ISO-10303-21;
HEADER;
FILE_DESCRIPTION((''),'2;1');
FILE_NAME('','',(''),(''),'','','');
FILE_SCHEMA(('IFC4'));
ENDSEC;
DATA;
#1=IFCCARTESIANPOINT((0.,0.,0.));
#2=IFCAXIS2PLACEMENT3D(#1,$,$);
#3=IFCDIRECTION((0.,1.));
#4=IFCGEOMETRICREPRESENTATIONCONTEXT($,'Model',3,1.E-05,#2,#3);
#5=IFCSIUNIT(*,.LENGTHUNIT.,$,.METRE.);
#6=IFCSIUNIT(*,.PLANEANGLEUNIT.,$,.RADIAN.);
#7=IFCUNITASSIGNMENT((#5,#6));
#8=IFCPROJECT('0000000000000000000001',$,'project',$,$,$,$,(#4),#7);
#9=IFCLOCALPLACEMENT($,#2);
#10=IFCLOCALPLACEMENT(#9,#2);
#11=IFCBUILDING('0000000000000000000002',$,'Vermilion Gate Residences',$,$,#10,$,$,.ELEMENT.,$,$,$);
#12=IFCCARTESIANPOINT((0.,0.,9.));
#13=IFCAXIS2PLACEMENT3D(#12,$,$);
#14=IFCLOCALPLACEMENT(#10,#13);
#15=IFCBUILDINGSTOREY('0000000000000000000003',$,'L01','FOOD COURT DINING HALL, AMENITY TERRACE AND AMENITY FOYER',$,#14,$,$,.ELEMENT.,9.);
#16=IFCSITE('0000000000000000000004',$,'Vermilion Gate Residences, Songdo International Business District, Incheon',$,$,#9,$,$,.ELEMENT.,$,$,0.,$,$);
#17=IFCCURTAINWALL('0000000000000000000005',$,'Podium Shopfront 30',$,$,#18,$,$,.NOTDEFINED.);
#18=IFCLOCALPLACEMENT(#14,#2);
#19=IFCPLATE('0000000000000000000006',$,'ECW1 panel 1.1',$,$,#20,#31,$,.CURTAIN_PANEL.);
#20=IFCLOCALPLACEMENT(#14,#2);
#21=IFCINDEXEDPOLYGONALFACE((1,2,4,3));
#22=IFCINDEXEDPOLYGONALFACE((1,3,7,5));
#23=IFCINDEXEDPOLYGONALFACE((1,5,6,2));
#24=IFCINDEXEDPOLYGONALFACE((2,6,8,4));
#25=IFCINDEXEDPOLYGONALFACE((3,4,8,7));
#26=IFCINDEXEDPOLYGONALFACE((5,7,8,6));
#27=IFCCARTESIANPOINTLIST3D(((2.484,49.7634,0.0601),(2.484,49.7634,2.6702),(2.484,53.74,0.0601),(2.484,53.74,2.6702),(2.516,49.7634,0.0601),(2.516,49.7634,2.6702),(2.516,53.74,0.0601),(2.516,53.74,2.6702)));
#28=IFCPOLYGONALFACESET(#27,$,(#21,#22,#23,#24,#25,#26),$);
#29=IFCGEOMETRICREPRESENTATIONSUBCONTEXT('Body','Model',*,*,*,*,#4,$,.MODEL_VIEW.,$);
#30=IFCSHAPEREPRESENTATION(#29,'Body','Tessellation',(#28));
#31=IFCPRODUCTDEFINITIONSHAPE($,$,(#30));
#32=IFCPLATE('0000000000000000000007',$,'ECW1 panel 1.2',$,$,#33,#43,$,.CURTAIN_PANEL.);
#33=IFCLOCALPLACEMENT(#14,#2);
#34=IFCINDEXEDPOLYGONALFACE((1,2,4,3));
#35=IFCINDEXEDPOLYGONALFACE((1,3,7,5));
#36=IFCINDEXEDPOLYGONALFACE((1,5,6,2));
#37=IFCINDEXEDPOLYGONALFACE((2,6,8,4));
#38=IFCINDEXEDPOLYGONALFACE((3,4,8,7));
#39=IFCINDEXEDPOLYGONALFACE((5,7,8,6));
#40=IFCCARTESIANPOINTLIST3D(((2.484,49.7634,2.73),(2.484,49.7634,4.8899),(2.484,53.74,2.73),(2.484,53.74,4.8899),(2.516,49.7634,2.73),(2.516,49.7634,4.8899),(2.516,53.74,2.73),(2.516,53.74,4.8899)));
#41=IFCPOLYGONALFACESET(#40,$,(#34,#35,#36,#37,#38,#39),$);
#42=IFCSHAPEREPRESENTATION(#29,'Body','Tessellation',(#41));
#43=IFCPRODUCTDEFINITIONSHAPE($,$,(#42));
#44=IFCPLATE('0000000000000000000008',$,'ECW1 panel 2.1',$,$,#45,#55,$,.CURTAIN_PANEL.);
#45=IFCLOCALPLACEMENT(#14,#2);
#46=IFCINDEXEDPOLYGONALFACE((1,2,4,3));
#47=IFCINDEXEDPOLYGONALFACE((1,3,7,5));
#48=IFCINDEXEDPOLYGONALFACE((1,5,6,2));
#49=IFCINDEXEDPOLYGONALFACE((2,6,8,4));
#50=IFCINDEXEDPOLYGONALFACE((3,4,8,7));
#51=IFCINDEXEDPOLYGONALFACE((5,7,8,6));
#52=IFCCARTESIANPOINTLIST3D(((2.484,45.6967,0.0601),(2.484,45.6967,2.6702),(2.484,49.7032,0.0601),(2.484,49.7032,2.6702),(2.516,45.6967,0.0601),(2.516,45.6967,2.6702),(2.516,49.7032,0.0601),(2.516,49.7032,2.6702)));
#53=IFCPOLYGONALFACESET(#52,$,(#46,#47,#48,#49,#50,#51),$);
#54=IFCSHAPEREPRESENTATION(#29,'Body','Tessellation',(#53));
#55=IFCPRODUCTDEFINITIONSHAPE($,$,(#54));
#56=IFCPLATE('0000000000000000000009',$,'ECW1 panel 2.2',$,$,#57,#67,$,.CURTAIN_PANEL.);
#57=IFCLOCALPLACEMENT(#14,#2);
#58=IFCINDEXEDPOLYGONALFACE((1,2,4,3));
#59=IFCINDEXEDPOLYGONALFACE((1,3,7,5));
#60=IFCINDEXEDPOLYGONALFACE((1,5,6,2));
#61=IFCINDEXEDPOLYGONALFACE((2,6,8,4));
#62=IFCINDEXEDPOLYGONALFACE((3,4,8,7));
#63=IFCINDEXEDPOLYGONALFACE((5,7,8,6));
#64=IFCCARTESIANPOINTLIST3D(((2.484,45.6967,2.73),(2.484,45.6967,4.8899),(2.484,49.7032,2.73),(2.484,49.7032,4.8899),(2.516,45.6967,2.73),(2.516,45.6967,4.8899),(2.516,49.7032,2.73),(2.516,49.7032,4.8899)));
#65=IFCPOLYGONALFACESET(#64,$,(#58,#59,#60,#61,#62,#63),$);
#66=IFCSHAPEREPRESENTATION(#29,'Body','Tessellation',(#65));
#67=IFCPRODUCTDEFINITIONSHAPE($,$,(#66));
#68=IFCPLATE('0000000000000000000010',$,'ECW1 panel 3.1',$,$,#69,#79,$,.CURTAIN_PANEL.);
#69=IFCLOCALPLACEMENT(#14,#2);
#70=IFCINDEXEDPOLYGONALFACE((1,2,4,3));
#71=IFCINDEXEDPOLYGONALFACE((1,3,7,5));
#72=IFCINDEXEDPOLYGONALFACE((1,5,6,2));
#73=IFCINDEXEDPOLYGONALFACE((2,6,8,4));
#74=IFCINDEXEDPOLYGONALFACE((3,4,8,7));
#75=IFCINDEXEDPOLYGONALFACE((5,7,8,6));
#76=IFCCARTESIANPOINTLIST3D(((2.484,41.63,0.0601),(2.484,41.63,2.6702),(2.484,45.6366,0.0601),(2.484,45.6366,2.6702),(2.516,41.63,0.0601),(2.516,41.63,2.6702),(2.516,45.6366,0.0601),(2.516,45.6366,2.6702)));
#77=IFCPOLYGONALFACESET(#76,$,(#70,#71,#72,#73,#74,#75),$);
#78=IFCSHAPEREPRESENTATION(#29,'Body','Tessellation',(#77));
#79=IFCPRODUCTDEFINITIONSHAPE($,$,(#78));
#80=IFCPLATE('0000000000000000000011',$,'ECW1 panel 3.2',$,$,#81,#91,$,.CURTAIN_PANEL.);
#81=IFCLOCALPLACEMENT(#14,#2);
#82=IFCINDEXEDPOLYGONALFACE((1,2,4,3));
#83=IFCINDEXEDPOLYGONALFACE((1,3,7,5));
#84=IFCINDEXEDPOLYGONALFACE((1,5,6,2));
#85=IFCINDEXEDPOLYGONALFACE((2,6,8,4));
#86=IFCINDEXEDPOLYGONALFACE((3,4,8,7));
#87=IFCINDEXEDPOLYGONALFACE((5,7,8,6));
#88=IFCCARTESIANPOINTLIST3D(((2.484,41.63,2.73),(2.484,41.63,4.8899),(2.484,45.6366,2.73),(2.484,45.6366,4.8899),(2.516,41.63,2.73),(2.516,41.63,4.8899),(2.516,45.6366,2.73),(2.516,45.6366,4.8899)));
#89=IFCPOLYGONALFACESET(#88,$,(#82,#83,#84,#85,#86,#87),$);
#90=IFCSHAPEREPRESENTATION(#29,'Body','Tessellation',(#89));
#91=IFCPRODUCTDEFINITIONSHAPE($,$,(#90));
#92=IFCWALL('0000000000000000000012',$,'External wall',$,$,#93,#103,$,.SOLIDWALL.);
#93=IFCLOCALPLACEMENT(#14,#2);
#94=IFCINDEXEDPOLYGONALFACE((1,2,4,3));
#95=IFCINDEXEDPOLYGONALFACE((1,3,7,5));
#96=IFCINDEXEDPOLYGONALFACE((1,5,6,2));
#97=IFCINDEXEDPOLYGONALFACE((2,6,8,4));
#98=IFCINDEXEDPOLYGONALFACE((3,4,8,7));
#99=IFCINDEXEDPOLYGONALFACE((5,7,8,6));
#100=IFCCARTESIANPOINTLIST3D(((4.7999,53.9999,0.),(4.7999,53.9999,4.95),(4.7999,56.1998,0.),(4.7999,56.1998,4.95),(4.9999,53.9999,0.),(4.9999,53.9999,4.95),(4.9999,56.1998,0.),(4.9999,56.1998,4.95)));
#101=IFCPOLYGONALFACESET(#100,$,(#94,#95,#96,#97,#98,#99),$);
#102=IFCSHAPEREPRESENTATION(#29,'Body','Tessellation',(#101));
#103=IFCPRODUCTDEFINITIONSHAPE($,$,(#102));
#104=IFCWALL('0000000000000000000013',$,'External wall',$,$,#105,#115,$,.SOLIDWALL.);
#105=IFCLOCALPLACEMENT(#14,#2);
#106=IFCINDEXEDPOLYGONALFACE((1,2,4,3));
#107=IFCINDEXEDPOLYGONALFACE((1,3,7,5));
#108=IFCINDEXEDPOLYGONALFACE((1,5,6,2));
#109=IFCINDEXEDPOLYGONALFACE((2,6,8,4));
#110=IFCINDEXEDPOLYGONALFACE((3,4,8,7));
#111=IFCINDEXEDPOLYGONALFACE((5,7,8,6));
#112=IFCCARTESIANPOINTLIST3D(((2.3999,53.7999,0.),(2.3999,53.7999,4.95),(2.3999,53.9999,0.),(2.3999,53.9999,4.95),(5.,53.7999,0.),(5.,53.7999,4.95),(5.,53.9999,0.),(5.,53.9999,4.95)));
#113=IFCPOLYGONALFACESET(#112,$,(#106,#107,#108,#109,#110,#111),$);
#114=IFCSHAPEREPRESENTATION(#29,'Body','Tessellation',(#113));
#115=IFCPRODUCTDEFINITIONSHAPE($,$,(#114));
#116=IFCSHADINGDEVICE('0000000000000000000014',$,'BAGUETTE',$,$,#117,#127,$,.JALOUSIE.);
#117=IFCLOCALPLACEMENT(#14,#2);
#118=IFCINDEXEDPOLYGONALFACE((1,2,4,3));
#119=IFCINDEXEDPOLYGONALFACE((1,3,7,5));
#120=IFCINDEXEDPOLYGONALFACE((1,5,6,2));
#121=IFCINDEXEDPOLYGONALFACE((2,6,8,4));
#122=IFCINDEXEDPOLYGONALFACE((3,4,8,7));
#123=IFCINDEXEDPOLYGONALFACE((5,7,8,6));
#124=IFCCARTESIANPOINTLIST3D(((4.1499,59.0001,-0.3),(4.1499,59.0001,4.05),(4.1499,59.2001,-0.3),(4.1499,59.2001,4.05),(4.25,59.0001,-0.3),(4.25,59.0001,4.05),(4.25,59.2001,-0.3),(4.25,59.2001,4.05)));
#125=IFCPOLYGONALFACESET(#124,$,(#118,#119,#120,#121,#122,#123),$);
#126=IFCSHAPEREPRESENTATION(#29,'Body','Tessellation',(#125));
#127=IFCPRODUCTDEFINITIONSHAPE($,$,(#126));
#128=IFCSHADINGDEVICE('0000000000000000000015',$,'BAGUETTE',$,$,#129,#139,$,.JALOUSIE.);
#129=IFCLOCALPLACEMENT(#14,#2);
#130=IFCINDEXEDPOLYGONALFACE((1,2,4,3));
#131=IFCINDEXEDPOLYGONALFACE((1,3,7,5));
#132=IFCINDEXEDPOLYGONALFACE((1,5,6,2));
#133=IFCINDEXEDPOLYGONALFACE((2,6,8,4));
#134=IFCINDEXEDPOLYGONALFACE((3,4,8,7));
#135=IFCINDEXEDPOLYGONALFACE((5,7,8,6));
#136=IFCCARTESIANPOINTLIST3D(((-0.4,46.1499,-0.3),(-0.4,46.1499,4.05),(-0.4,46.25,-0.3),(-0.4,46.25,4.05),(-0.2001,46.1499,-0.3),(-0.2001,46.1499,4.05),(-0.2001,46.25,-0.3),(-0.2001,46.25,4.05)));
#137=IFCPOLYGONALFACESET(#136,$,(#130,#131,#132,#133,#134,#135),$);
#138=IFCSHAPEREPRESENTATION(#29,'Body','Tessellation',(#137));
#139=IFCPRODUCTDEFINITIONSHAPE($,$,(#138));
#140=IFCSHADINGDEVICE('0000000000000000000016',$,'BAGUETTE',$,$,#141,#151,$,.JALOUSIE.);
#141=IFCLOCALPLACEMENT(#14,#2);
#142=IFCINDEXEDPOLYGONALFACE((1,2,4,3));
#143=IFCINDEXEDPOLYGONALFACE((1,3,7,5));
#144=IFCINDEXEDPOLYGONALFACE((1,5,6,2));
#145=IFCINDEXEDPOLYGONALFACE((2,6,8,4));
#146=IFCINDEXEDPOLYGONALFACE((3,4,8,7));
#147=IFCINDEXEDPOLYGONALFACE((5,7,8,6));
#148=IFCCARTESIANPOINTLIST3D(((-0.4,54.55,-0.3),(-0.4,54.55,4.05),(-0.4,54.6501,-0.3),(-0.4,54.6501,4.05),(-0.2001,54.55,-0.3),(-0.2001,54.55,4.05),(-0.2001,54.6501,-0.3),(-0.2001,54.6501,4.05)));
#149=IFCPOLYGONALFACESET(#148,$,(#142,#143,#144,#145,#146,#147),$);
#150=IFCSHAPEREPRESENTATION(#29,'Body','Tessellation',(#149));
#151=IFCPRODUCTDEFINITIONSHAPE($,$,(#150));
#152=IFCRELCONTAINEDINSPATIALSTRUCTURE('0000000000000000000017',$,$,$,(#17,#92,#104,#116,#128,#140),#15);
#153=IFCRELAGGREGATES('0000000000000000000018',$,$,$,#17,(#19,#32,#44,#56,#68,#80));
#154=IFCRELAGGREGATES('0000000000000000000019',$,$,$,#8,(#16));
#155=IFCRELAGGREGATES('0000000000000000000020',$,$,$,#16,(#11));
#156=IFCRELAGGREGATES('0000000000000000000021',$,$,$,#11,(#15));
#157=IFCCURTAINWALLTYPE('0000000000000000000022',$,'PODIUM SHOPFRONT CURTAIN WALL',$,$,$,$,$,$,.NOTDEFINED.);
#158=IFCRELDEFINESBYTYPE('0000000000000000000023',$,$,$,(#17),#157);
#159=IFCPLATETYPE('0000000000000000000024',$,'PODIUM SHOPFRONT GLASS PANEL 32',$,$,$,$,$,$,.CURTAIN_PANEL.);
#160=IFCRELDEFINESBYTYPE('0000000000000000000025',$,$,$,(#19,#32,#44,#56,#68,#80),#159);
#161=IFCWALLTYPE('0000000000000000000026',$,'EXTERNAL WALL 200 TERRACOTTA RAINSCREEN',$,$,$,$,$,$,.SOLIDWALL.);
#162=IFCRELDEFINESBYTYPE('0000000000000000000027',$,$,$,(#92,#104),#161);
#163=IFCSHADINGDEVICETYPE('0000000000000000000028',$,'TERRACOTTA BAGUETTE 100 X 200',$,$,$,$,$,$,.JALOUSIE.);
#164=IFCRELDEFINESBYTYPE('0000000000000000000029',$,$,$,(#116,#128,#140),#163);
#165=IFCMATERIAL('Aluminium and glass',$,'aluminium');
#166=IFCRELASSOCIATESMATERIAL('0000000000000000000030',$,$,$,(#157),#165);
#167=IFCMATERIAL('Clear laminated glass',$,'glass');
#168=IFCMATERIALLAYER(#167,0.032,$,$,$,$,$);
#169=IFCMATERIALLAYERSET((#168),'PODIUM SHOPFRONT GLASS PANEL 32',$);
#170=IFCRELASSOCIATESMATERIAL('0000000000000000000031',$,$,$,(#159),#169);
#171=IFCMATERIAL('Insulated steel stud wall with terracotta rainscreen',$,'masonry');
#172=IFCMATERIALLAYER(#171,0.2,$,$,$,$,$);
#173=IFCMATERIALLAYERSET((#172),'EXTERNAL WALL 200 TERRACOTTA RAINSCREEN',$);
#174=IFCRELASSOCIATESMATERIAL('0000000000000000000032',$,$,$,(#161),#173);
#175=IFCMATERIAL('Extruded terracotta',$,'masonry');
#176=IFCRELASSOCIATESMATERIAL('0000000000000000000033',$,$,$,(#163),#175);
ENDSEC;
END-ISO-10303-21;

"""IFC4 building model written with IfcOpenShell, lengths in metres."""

from ifc_helpers import new_model, si_unit, direction, frame, frame_2d, origin, origin_2d, place, context, subcontext, project, spatial, rectangle, extrude, material, layer, layer_set, material_profile, profile_set, type_object, element, aggregate, save


model = new_model("IFC4")

# Units and contexts
model_context = context("Model", 3, precision=1e-05, world=origin(), true_north=direction((0.0, 1.0)))
body_context = subcontext(model_context, "Body", "Model", "MODEL_VIEW")
ifc_project = project(units=[si_unit("LENGTHUNIT", "METRE"), si_unit("PLANEANGLEUNIT", "RADIAN")], contexts=[model_context])

# Site, building, storey
site_placement = place(None, origin())
site = spatial("IfcSite", under=ifc_project, at=site_placement, Name="Vermilion Gate Residences, Songdo International Business District, Incheon", CompositionType="ELEMENT", RefElevation=0.0)
building_placement = place(site_placement, origin())
building = spatial("IfcBuilding", under=site, at=building_placement, Name="Vermilion Gate Residences", CompositionType="ELEMENT")
storey_placement = place(building_placement, frame((0.0, 0.0, 9.0)))
storey = spatial("IfcBuildingStorey", under=building, at=storey_placement, Name="L01", Description="FOOD COURT DINING HALL, AMENITY TERRACE AND AMENITY FOYER", CompositionType="ELEMENT", Elevation=9.0)

# Curtain wall
ifc_material_1 = material(Name="Aluminium and glass", Category="aluminium")
curtain_wall_type_1 = type_object("IfcCurtainWallType", Name="PODIUM SHOPFRONT CURTAIN WALL", PredefinedType="NOTDEFINED", material=ifc_material_1)
curtain_wall_1_placement = place(storey_placement, origin())
curtain_wall_1 = element("IfcCurtainWall", 1, at=curtain_wall_1_placement, inside=storey, type_object=curtain_wall_type_1, Name="Podium Shopfront 30", PredefinedType="NOTDEFINED")

# Plates
ifc_material_2 = material(Name="Clear laminated glass", Category="glass")
ifc_layer_1 = layer(ifc_material_2, 0.032)
ifc_layer_set_1 = layer_set([ifc_layer_1], Name="PODIUM SHOPFRONT GLASS PANEL 32")
plate_type_1 = type_object("IfcPlateType", Name="PODIUM SHOPFRONT GLASS PANEL 32", PredefinedType="CURTAIN_PANEL", material=ifc_layer_set_1)
plate_1_placement = place(storey_placement, frame((2.5, 51.7517, 0.0601), z_axis=(0.0, 0.0, 1.0), x_axis=(0.0, -1.0, 0.0)))
plate_1 = element("IfcPlate", 2, at=plate_1_placement, type_object=plate_type_1, Name="ECW1 panel 1.1", PredefinedType="CURTAIN_PANEL", context=body_context, shape_type="SweptSolid", body=[
    extrude(rectangle(XDim=3.9766, YDim=0.032, at=origin_2d()), origin(), (0.0, 0.0, 1.0), 2.6101),
])
plate_2_placement = place(storey_placement, frame((2.5, 51.7517, 2.73), z_axis=(0.0, 0.0, 1.0), x_axis=(0.0, -1.0, 0.0)))
plate_2 = element("IfcPlate", 3, at=plate_2_placement, type_object=plate_type_1, Name="ECW1 panel 1.2", PredefinedType="CURTAIN_PANEL", context=body_context, shape_type="SweptSolid", body=[
    extrude(rectangle(XDim=3.9766, YDim=0.032, at=origin_2d()), origin(), (0.0, 0.0, 1.0), 2.1599),
])
plate_3_placement = place(storey_placement, frame((2.5, 47.7, 0.0601), z_axis=(0.0, 0.0, 1.0), x_axis=(0.0, -1.0, 0.0)))
plate_3 = element("IfcPlate", 4, at=plate_3_placement, type_object=plate_type_1, Name="ECW1 panel 2.1", PredefinedType="CURTAIN_PANEL", context=body_context, shape_type="SweptSolid", body=[
    extrude(rectangle(XDim=4.0066, YDim=0.032, at=origin_2d()), origin(), (0.0, 0.0, 1.0), 2.6101),
])
plate_4_placement = place(storey_placement, frame((2.5, 47.7, 2.73), z_axis=(0.0, 0.0, 1.0), x_axis=(0.0, -1.0, 0.0)))
plate_4 = element("IfcPlate", 5, at=plate_4_placement, type_object=plate_type_1, Name="ECW1 panel 2.2", PredefinedType="CURTAIN_PANEL", context=body_context, shape_type="SweptSolid", body=[
    extrude(rectangle(XDim=4.0066, YDim=0.032, at=origin_2d()), origin(), (0.0, 0.0, 1.0), 2.1599),
])
plate_5_placement = place(storey_placement, frame((2.5, 43.6333, 0.0601), z_axis=(0.0, 0.0, 1.0), x_axis=(0.0, -1.0, 0.0)))
plate_5 = element("IfcPlate", 6, at=plate_5_placement, type_object=plate_type_1, Name="ECW1 panel 3.1", PredefinedType="CURTAIN_PANEL", context=body_context, shape_type="SweptSolid", body=[
    extrude(rectangle(XDim=4.0066, YDim=0.032, at=origin_2d()), origin(), (0.0, 0.0, 1.0), 2.6101),
])
plate_6_placement = place(storey_placement, frame((2.5, 43.6333, 2.73), z_axis=(0.0, 0.0, 1.0), x_axis=(0.0, -1.0, 0.0)))
plate_6 = element("IfcPlate", 7, at=plate_6_placement, type_object=plate_type_1, Name="ECW1 panel 3.2", PredefinedType="CURTAIN_PANEL", context=body_context, shape_type="SweptSolid", body=[
    extrude(rectangle(XDim=4.0066, YDim=0.032, at=origin_2d()), origin(), (0.0, 0.0, 1.0), 2.1599),
])
aggregate(curtain_wall_1, [plate_1, plate_2, plate_3, plate_4, plate_5, plate_6])

# Walls
ifc_material_3 = material(Name="Insulated steel stud wall with terracotta rainscreen", Category="masonry")
ifc_layer_2 = layer(ifc_material_3, 0.2)
ifc_layer_set_2 = layer_set([ifc_layer_2], Name="EXTERNAL WALL 200 TERRACOTTA RAINSCREEN")
wall_type = type_object("IfcWallType", Name="EXTERNAL WALL 200 TERRACOTTA RAINSCREEN", PredefinedType="SOLIDWALL", material=ifc_layer_set_2)
wall_1_placement = place(storey_placement, frame((4.8999, 56.2, 0.0), z_axis=(0.0, 0.0, 1.0), x_axis=(0.0, -1.0, 0.0)))
element("IfcWall", 8, at=wall_1_placement, inside=storey, type_object=wall_type, Name="External wall", PredefinedType="SOLIDWALL", context=body_context, shape_type="SweptSolid", body=[
    extrude(rectangle(XDim=2.2, YDim=0.2, at=frame_2d((1.1001, 0.0))), origin(), (0.0, 0.0, 1.0), 4.95),
])
wall_2_placement = place(storey_placement, frame((5.0, 53.8999, 0.0), z_axis=(0.0, 0.0, 1.0), x_axis=(-1.0, 0.0, 0.0)))
element("IfcWall", 9, at=wall_2_placement, inside=storey, type_object=wall_type, Name="External wall", PredefinedType="SOLIDWALL", context=body_context, shape_type="SweptSolid", body=[
    extrude(rectangle(XDim=2.6001, YDim=0.2, at=frame_2d((1.3, 0.0))), origin(), (0.0, 0.0, 1.0), 4.95),
])

# Shading devices
ifc_material_4 = material(Name="Extruded terracotta", Category="masonry")
ifc_material_profile_1 = material_profile(ifc_material_4, rectangle(XDim=0.2, YDim=0.1001, at=origin_2d()), Name="BAGUETTE 100 X 200")
ifc_profile_set_1 = profile_set([ifc_material_profile_1], Name="Extruded terracotta")
shading_device_type = type_object("IfcShadingDeviceType", Name="TERRACOTTA BAGUETTE 100 X 200", PredefinedType="JALOUSIE", material=ifc_profile_set_1)
for number, where, z_axis, x_axis, name in (
    (10, (4.2, 59.1001, -0.3), (0.0, 0.0, 1.0), (0.0, -1.0, 0.0), "BAGUETTE"),
    (11, (-0.3, 46.2, -0.3), (0.0, 0.0, 1.0), (1.0, 0.0, 0.0), "BAGUETTE"),
    (12, (-0.3, 54.6001, -0.3), (0.0, 0.0, 1.0), (1.0, 0.0, 0.0), "BAGUETTE"),
):
    element("IfcShadingDevice", number, at=place(storey_placement, frame(where, z_axis=z_axis, x_axis=x_axis)), inside=storey, type_object=shading_device_type, Name=name, PredefinedType="JALOUSIE", context=body_context, shape_type="SweptSolid", body=[
        extrude(rectangle(XDim=0.2, YDim=0.1001, at=origin_2d()), origin(), (0.0, 0.0, 1.0), 4.3501),
    ])

save(model, "model.ifc")
